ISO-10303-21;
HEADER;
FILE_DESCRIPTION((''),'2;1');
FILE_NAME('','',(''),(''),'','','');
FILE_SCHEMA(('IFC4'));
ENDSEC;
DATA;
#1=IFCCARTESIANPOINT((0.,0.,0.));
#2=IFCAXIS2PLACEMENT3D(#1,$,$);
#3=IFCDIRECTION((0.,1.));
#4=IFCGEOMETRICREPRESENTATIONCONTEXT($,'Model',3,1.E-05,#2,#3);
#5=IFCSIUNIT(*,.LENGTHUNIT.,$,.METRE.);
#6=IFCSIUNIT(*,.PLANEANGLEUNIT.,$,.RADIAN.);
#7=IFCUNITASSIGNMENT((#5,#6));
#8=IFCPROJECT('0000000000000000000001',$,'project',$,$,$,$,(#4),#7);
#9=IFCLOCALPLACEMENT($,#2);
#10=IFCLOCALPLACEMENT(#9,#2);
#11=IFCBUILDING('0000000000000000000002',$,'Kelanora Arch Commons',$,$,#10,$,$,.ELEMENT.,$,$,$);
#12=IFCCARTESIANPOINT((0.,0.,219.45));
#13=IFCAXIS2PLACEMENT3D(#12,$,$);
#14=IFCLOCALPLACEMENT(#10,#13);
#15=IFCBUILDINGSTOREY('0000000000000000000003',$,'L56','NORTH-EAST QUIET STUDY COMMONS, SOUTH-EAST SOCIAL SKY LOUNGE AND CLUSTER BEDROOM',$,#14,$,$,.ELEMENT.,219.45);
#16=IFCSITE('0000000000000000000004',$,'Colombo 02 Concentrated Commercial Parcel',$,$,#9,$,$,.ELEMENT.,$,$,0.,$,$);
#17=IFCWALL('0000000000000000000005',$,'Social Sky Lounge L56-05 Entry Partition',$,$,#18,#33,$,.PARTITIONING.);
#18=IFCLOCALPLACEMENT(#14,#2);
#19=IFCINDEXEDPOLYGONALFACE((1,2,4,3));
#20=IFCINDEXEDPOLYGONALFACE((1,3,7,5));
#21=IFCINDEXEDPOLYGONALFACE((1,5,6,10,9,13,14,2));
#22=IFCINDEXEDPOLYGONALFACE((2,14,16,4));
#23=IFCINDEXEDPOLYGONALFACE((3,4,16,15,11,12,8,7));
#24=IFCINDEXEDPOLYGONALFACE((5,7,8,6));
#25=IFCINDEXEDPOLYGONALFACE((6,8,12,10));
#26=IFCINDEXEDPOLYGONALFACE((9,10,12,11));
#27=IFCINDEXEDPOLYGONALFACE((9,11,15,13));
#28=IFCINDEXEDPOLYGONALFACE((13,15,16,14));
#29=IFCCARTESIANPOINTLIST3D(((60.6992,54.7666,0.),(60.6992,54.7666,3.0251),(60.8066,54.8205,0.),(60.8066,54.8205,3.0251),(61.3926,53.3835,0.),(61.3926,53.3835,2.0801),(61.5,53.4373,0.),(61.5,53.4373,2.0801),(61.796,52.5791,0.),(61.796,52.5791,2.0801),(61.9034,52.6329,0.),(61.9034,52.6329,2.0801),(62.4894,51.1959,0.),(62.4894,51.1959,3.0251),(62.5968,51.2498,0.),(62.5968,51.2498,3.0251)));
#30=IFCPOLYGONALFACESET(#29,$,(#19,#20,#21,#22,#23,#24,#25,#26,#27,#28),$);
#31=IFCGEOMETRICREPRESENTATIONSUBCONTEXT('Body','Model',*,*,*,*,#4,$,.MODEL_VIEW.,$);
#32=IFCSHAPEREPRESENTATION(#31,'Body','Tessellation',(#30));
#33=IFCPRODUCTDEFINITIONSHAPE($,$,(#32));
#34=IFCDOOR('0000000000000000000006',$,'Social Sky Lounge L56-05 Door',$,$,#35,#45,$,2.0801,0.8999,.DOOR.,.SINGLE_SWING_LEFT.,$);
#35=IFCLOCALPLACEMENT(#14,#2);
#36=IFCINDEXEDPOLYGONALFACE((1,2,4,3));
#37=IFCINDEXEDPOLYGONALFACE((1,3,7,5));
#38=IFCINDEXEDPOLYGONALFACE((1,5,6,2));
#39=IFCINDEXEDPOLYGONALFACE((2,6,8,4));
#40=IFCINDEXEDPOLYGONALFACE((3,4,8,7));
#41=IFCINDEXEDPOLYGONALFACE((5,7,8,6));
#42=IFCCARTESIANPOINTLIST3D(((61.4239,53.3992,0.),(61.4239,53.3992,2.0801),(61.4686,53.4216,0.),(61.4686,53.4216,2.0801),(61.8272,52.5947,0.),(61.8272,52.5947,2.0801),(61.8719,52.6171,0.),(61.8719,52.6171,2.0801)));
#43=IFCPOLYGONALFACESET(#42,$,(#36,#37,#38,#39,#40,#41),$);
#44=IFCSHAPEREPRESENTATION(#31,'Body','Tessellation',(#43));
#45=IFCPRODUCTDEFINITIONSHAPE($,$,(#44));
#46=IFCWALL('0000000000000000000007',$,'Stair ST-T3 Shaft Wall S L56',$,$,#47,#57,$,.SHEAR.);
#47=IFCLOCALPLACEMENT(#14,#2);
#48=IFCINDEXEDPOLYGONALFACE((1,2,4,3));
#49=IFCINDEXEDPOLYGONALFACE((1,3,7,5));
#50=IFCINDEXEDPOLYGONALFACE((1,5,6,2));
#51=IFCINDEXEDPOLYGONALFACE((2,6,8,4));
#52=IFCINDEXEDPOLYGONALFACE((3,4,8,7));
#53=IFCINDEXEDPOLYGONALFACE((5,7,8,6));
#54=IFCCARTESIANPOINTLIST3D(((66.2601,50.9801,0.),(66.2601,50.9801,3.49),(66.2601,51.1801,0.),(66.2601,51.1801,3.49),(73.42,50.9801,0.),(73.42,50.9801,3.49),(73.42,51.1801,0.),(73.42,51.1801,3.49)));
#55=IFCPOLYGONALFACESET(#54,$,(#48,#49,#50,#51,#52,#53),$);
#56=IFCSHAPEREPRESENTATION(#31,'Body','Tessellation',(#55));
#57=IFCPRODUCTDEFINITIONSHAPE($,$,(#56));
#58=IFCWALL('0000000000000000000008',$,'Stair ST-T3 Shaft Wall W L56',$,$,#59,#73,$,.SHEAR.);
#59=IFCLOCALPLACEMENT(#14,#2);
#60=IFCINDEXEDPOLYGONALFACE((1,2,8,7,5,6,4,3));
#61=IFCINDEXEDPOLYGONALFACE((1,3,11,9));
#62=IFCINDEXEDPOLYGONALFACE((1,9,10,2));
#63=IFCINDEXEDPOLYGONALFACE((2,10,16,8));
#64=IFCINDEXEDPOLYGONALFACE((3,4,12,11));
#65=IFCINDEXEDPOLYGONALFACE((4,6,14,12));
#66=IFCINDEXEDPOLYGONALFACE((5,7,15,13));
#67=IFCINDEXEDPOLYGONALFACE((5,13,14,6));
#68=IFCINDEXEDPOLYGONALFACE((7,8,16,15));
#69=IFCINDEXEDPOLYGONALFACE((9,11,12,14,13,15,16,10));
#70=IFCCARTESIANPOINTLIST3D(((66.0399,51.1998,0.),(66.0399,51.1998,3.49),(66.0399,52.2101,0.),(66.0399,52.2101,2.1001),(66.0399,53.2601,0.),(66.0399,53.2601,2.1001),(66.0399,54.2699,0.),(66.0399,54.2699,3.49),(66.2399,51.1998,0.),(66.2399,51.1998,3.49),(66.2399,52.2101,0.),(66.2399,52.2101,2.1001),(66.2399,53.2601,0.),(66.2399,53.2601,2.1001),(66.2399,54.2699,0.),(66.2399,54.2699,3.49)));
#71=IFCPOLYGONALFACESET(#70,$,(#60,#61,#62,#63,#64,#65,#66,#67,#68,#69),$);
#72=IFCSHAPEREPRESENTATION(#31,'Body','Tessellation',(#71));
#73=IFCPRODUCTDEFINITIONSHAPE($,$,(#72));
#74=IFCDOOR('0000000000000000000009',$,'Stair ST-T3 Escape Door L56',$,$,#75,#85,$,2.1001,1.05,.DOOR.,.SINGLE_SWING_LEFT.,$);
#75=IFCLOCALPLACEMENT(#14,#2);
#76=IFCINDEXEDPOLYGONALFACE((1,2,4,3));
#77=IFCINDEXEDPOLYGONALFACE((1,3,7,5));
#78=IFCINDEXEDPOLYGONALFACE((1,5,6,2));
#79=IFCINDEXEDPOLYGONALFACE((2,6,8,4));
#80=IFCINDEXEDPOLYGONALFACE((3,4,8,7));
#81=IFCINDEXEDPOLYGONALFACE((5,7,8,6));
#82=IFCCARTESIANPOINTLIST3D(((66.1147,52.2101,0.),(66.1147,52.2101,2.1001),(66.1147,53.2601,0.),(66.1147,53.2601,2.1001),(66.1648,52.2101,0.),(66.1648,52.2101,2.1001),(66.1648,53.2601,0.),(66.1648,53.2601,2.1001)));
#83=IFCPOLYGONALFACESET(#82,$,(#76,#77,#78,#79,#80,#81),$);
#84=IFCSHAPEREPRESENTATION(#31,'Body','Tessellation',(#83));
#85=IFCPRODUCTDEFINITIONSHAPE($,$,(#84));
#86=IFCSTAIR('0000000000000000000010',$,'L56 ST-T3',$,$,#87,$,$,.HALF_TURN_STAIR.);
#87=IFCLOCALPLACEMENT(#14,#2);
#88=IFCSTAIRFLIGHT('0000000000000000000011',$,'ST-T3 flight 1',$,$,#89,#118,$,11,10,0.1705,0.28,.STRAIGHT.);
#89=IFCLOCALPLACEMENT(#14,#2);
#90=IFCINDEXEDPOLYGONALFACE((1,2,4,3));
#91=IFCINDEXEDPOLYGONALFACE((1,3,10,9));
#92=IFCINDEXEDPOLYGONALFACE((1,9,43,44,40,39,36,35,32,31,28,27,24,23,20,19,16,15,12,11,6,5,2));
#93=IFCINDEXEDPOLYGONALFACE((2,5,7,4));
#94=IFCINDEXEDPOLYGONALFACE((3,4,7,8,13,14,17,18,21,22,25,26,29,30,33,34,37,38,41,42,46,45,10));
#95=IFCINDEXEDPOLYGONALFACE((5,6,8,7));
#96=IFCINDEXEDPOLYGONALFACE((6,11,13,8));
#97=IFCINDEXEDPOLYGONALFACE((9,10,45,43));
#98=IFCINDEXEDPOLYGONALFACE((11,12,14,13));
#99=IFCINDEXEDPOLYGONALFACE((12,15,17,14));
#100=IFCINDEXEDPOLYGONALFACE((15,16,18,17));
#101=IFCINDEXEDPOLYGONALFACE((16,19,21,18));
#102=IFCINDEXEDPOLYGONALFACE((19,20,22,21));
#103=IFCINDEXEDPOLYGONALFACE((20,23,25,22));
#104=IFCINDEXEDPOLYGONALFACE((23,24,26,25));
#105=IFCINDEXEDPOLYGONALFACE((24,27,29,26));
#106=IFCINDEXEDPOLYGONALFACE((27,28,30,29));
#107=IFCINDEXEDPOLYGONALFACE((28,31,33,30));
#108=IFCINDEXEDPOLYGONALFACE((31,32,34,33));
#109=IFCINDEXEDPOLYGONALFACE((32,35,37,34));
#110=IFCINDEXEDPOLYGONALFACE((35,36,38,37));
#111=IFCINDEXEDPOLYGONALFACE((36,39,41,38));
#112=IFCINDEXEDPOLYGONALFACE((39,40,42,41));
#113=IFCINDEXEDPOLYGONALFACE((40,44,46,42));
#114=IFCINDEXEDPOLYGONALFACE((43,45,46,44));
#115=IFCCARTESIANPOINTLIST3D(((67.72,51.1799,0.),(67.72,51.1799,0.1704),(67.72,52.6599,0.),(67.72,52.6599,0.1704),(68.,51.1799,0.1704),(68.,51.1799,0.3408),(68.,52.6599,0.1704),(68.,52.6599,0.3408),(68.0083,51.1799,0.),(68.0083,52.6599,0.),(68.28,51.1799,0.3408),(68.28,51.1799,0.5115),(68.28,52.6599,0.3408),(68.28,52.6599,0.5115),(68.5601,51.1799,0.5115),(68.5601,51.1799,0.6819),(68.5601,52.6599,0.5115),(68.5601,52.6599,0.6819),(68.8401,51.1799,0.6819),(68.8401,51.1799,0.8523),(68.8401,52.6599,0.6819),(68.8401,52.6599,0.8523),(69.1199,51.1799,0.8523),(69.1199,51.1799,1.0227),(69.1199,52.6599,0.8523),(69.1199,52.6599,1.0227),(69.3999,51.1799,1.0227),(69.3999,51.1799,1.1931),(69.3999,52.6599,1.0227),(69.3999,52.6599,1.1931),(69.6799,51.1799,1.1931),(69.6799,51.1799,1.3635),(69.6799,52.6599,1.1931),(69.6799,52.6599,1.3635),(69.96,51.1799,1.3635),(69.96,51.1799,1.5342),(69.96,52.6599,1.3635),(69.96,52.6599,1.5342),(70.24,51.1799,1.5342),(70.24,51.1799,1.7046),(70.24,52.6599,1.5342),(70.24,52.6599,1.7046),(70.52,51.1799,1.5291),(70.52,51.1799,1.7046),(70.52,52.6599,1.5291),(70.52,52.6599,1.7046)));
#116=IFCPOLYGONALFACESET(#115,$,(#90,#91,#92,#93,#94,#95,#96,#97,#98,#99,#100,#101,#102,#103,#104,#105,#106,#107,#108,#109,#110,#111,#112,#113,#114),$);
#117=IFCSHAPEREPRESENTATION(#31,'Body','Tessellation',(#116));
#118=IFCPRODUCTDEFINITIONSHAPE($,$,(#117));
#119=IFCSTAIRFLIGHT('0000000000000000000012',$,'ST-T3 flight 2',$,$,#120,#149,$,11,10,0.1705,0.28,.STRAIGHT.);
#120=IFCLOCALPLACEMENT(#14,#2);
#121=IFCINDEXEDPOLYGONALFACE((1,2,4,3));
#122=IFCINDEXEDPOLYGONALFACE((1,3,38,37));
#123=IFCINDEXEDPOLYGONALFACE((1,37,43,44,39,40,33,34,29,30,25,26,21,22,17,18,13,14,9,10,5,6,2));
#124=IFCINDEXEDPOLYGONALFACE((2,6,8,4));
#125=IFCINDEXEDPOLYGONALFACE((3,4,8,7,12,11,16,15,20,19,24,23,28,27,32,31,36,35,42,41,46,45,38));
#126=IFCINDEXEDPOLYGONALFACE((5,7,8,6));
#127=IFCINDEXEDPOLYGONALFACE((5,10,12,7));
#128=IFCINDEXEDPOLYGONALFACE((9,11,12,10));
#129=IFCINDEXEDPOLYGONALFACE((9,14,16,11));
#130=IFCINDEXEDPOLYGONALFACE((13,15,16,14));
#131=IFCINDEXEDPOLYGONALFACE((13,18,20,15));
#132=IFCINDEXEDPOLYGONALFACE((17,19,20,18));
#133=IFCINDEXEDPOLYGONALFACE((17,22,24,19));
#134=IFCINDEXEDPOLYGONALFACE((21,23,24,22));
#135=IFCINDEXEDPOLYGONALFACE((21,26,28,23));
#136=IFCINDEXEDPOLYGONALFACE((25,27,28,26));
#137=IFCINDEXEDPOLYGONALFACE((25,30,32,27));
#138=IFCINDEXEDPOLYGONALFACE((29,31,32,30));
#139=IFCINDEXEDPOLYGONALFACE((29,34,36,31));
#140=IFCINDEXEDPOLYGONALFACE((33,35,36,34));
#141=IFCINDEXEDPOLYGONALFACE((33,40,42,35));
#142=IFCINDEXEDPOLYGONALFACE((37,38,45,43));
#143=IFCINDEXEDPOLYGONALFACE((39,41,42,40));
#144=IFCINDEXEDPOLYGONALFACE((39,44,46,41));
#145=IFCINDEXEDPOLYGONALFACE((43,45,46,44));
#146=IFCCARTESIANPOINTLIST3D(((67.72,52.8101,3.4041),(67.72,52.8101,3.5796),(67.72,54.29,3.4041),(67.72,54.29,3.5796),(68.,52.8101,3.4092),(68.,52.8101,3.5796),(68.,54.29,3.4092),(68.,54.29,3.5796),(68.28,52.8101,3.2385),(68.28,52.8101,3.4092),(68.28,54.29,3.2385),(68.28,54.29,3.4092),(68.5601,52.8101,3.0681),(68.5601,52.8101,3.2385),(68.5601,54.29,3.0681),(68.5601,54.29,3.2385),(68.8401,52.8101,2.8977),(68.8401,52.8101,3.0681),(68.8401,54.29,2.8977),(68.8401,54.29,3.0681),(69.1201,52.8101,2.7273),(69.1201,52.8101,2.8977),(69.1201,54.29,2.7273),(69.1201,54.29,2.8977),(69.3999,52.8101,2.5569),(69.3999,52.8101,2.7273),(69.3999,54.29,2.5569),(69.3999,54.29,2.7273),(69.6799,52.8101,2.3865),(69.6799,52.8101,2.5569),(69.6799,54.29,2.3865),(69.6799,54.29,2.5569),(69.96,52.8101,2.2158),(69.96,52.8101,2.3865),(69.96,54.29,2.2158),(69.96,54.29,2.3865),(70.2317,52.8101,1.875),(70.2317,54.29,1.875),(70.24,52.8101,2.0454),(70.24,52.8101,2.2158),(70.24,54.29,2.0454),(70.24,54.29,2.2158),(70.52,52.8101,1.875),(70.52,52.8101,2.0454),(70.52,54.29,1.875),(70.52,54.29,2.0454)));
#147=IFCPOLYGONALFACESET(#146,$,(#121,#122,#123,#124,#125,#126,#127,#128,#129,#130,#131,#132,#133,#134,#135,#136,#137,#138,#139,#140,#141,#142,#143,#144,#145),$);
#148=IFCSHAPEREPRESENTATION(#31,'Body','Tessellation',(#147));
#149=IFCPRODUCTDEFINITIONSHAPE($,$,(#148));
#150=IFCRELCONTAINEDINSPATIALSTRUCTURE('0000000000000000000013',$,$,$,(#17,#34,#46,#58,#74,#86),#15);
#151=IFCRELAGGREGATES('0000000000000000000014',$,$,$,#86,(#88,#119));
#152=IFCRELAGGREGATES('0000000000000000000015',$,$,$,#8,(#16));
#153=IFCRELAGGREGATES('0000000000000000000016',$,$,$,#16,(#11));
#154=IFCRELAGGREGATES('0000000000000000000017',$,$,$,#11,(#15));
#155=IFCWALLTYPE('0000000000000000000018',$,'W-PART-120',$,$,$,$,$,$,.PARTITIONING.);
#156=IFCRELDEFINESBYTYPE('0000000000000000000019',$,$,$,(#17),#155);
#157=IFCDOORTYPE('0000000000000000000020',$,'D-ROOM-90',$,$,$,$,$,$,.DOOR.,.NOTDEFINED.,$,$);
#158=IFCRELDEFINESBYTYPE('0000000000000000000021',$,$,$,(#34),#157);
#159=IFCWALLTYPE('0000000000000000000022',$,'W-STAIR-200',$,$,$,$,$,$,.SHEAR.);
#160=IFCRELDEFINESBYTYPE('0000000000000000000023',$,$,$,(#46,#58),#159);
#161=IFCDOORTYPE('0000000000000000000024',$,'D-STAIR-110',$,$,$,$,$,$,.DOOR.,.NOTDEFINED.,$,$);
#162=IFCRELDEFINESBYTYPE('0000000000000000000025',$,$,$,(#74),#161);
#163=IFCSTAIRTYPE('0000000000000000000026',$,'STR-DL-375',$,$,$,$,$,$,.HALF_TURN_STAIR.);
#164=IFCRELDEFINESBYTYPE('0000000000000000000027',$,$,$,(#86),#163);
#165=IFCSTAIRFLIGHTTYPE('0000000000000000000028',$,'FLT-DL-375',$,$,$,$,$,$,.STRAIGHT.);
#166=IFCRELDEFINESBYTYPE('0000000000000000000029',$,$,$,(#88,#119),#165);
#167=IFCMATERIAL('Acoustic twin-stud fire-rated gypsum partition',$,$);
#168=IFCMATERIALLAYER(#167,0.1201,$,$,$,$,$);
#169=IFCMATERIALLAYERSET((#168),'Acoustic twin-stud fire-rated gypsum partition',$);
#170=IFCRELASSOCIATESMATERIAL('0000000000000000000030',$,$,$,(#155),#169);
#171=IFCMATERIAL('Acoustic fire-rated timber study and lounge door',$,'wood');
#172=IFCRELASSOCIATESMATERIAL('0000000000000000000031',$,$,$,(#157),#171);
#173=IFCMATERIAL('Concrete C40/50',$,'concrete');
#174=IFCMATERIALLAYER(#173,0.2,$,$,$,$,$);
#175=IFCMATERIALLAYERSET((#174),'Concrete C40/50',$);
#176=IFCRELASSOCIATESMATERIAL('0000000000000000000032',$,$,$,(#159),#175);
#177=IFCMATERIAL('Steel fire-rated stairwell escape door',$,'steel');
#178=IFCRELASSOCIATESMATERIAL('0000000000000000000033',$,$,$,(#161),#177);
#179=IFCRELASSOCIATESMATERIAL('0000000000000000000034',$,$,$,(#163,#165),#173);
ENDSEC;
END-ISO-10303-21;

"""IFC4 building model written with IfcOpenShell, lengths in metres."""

from ifc_helpers import new_model, si_unit, direction, frame, frame_2d, origin, place, context, subcontext, project, spatial, polyline, rectangle, outline, extrude, material, layer, layer_set, type_object, element, fill, aggregate, save


model = new_model("IFC4")

# Units and contexts
model_context = context("Model", 3, precision=1e-05, world=origin(), true_north=direction((0.0, 1.0)))
body_context = subcontext(model_context, "Body", "Model", "MODEL_VIEW")
ifc_project = project(units=[si_unit("LENGTHUNIT", "METRE"), si_unit("PLANEANGLEUNIT", "RADIAN")], contexts=[model_context])

# Site, building, storey
site_placement = place(None, origin())
site = spatial("IfcSite", under=ifc_project, at=site_placement, Name="Colombo 02 Concentrated Commercial Parcel", CompositionType="ELEMENT", RefElevation=0.0)
building_placement = place(site_placement, origin())
building = spatial("IfcBuilding", under=site, at=building_placement, Name="Kelanora Arch Commons", CompositionType="ELEMENT")
storey_placement = place(building_placement, frame((0.0, 0.0, 219.45)))
storey = spatial("IfcBuildingStorey", under=building, at=storey_placement, Name="L56", Description="NORTH-EAST QUIET STUDY COMMONS, SOUTH-EAST SOCIAL SKY LOUNGE AND CLUSTER BEDROOM", CompositionType="ELEMENT", Elevation=219.45)

# Shared definitions
ifc_material_1 = material(Name="Concrete C40/50", Category="concrete")

# Wall, opening, door
ifc_material_2 = material(Name="Acoustic twin-stud fire-rated gypsum partition")
ifc_layer_1 = layer(ifc_material_2, 0.1201)
ifc_layer_set_1 = layer_set([ifc_layer_1], Name="Acoustic twin-stud fire-rated gypsum partition")
wall_type_1 = type_object("IfcWallType", Name="W-PART-120", PredefinedType="PARTITIONING", material=ifc_layer_set_1)
ifc_material_3 = material(Name="Acoustic fire-rated timber study and lounge door", Category="wood")
door_type_1 = type_object("IfcDoorType", Name="D-ROOM-90", OperationType="NOTDEFINED", PredefinedType="DOOR", material=ifc_material_3)
wall_1_placement = place(storey_placement, frame((60.7529, 54.7935, 0.0), z_axis=(0.0, 0.0, 1.0), x_axis=(0.448191, -0.893938, 0.0)))
wall_1 = element("IfcWall", 1, at=wall_1_placement, inside=storey, type_object=wall_type_1, Name="Social Sky Lounge L56-05 Entry Partition", PredefinedType="PARTITIONING", context=body_context, shape_type="SweptSolid", body=[
    extrude(rectangle(XDim=3.9944, YDim=0.1201, at=frame_2d((1.9971, 0.0))), origin(), (0.0, 0.0, 1.0), 3.0251),
])
opening_1_placement = place(wall_1_placement, frame((1.5471, 0.0, 0.0)))
opening_1 = element("IfcOpeningElement", 2, at=opening_1_placement, cuts=wall_1, PredefinedType="OPENING", context=body_context, shape_type="SweptSolid", body=[
    extrude(rectangle(XDim=0.8999, YDim=2.0801, at=frame_2d((0.45, 1.04))), frame((0.0, 0.0701, 0.0), z_axis=(0.0, -1.0, 0.0), x_axis=(1.0, 0.0, 0.0)), (0.0, 0.0, 1.0), 0.1401),
])
door_1_placement = place(opening_1_placement, origin())
door_1 = element("IfcDoor", 3, at=door_1_placement, inside=storey, type_object=door_type_1, Name="Social Sky Lounge L56-05 Door", OperationType="SINGLE_SWING_LEFT", OverallHeight=2.0801, OverallWidth=0.8999, PredefinedType="DOOR", context=body_context, shape_type="SweptSolid", body=[
    extrude(rectangle(XDim=0.8999, YDim=2.0801, at=frame_2d((0.45, 1.04))), frame((0.0, 0.0249, 0.0), z_axis=(0.0, -1.0, 0.0), x_axis=(1.0, 0.0, 0.0)), (0.0, 0.0, 1.0), 0.05),
])
fill(opening_1, door_1)

# Wall
ifc_layer_2 = layer(ifc_material_1, 0.2)
ifc_layer_set_2 = layer_set([ifc_layer_2], Name="Concrete C40/50")
wall_type_2 = type_object("IfcWallType", Name="W-STAIR-200", PredefinedType="SHEAR", material=ifc_layer_set_2)
wall_2_placement = place(storey_placement, frame((66.26, 51.0801, 0.0), z_axis=(0.0, 0.0, 1.0), x_axis=(1.0, 0.0, 0.0)))
element("IfcWall", 4, at=wall_2_placement, inside=storey, type_object=wall_type_2, Name="Stair ST-T3 Shaft Wall S L56", PredefinedType="SHEAR", context=body_context, shape_type="SweptSolid", body=[
    extrude(rectangle(XDim=7.1599, YDim=0.2, at=frame_2d((3.5801, 0.0))), origin(), (0.0, 0.0, 1.0), 3.49),
])

# Wall, opening, door
wall_3_placement = place(storey_placement, frame((66.1399, 54.27, 0.0), z_axis=(0.0, 0.0, 1.0), x_axis=(0.0, -1.0, 0.0)))
wall_3 = element("IfcWall", 5, at=wall_3_placement, inside=storey, type_object=wall_type_2, Name="Stair ST-T3 Shaft Wall W L56", PredefinedType="SHEAR", context=body_context, shape_type="SweptSolid", body=[
    extrude(rectangle(XDim=3.0701, YDim=0.2, at=frame_2d((1.5352, 0.0))), origin(), (0.0, 0.0, 1.0), 3.49),
])
opening_2_placement = place(wall_3_placement, frame((1.01, 0.0, 0.0)))
opening_2 = element("IfcOpeningElement", 6, at=opening_2_placement, cuts=wall_3, PredefinedType="OPENING", context=body_context, shape_type="SweptSolid", body=[
    extrude(rectangle(XDim=1.05, YDim=2.1001, at=frame_2d((0.5249, 1.05))), frame((0.0, 0.1099, 0.0), z_axis=(0.0, -1.0, 0.0), x_axis=(1.0, 0.0, 0.0)), (0.0, 0.0, 1.0), 0.22),
])
ifc_material_4 = material(Name="Steel fire-rated stairwell escape door", Category="steel")
door_type_2 = type_object("IfcDoorType", Name="D-STAIR-110", OperationType="NOTDEFINED", PredefinedType="DOOR", material=ifc_material_4)
door_2_placement = place(opening_2_placement, origin())
door_2 = element("IfcDoor", 7, at=door_2_placement, inside=storey, type_object=door_type_2, Name="Stair ST-T3 Escape Door L56", OperationType="SINGLE_SWING_LEFT", OverallHeight=2.1001, OverallWidth=1.05, PredefinedType="DOOR", context=body_context, shape_type="SweptSolid", body=[
    extrude(rectangle(XDim=1.05, YDim=2.1001, at=frame_2d((0.5249, 1.05))), frame((0.0, 0.0249, 0.0), z_axis=(0.0, -1.0, 0.0), x_axis=(1.0, 0.0, 0.0)), (0.0, 0.0, 1.0), 0.05),
])
fill(opening_2, door_2)

# Stair, stair flights
stair_type = type_object("IfcStairType", Name="STR-DL-375", PredefinedType="HALF_TURN_STAIR", material=ifc_material_1)
stair_placement = place(storey_placement, origin())
stair = element("IfcStair", 8, at=stair_placement, inside=storey, type_object=stair_type, Name="L56 ST-T3", PredefinedType="HALF_TURN_STAIR")
stair_flight_type = type_object("IfcStairFlightType", Name="FLT-DL-375", PredefinedType="STRAIGHT", material=ifc_material_1)
stair_flight_1_placement = place(storey_placement, frame((67.72, 51.9199, 0.0), z_axis=(0.0, 0.0, 1.0), x_axis=(1.0, 0.0, 0.0)))
stair_flight_1 = element("IfcStairFlight", 9, at=stair_flight_1_placement, type_object=stair_flight_type, Name="ST-T3 flight 1", NumberOfRisers=11, NumberOfTreads=10, PredefinedType="STRAIGHT", RiserHeight=0.1705, TreadLength=0.28, context=body_context, shape_type="SweptSolid", body=[
    extrude(outline(polyline([(0.0, 0.0), (0.0, 0.1704), (0.28, 0.1704), (0.28, 0.3408), (0.5601, 0.3408), (0.5601, 0.5115), (0.8401, 0.5115), (0.8401, 0.6819), (1.1201, 0.6819), (1.1201, 0.8523), (1.3999, 0.8523), (1.3999, 1.0227), (1.6799, 1.0227), (1.6799, 1.1931), (1.96, 1.1931), (1.96, 1.3635), (2.24, 1.3635), (2.24, 1.5342), (2.52, 1.5342), (2.52, 1.7046), (2.8, 1.7046), (2.8, 1.875), (2.8, 1.5291), (0.2883, 0.0), (0.0, 0.0)])), frame((0.0, 0.74, 0.0), z_axis=(0.0, -1.0, 0.0), x_axis=(1.0, 0.0, 0.0)), (0.0, 0.0, 1.0), 1.48),
])
stair_flight_2_placement = place(storey_placement, frame((70.52, 53.55, 1.875), z_axis=(0.0, 0.0, 1.0), x_axis=(-1.0, 0.0, 0.0)))
stair_flight_2 = element("IfcStairFlight", 10, at=stair_flight_2_placement, type_object=stair_flight_type, Name="ST-T3 flight 2", NumberOfRisers=11, NumberOfTreads=10, PredefinedType="STRAIGHT", RiserHeight=0.1705, TreadLength=0.28, context=body_context, shape_type="SweptSolid", body=[
    extrude(outline(polyline([(0.0, 0.0), (0.0, 0.1704), (0.28, 0.1704), (0.28, 0.3408), (0.5601, 0.3408), (0.5601, 0.5115), (0.8401, 0.5115), (0.8401, 0.6819), (1.1201, 0.6819), (1.1201, 0.8523), (1.3999, 0.8523), (1.3999, 1.0227), (1.6799, 1.0227), (1.6799, 1.1931), (1.96, 1.1931), (1.96, 1.3635), (2.24, 1.3635), (2.24, 1.5342), (2.52, 1.5342), (2.52, 1.7046), (2.8, 1.7046), (2.8, 1.875), (2.8, 1.5291), (0.2883, 0.0), (0.0, 0.0)])), frame((0.0, 0.74, 0.0), z_axis=(0.0, -1.0, 0.0), x_axis=(1.0, 0.0, 0.0)), (0.0, 0.0, 1.0), 1.48),
])
aggregate(stair, [stair_flight_1, stair_flight_2])

save(model, "model.ifc")
